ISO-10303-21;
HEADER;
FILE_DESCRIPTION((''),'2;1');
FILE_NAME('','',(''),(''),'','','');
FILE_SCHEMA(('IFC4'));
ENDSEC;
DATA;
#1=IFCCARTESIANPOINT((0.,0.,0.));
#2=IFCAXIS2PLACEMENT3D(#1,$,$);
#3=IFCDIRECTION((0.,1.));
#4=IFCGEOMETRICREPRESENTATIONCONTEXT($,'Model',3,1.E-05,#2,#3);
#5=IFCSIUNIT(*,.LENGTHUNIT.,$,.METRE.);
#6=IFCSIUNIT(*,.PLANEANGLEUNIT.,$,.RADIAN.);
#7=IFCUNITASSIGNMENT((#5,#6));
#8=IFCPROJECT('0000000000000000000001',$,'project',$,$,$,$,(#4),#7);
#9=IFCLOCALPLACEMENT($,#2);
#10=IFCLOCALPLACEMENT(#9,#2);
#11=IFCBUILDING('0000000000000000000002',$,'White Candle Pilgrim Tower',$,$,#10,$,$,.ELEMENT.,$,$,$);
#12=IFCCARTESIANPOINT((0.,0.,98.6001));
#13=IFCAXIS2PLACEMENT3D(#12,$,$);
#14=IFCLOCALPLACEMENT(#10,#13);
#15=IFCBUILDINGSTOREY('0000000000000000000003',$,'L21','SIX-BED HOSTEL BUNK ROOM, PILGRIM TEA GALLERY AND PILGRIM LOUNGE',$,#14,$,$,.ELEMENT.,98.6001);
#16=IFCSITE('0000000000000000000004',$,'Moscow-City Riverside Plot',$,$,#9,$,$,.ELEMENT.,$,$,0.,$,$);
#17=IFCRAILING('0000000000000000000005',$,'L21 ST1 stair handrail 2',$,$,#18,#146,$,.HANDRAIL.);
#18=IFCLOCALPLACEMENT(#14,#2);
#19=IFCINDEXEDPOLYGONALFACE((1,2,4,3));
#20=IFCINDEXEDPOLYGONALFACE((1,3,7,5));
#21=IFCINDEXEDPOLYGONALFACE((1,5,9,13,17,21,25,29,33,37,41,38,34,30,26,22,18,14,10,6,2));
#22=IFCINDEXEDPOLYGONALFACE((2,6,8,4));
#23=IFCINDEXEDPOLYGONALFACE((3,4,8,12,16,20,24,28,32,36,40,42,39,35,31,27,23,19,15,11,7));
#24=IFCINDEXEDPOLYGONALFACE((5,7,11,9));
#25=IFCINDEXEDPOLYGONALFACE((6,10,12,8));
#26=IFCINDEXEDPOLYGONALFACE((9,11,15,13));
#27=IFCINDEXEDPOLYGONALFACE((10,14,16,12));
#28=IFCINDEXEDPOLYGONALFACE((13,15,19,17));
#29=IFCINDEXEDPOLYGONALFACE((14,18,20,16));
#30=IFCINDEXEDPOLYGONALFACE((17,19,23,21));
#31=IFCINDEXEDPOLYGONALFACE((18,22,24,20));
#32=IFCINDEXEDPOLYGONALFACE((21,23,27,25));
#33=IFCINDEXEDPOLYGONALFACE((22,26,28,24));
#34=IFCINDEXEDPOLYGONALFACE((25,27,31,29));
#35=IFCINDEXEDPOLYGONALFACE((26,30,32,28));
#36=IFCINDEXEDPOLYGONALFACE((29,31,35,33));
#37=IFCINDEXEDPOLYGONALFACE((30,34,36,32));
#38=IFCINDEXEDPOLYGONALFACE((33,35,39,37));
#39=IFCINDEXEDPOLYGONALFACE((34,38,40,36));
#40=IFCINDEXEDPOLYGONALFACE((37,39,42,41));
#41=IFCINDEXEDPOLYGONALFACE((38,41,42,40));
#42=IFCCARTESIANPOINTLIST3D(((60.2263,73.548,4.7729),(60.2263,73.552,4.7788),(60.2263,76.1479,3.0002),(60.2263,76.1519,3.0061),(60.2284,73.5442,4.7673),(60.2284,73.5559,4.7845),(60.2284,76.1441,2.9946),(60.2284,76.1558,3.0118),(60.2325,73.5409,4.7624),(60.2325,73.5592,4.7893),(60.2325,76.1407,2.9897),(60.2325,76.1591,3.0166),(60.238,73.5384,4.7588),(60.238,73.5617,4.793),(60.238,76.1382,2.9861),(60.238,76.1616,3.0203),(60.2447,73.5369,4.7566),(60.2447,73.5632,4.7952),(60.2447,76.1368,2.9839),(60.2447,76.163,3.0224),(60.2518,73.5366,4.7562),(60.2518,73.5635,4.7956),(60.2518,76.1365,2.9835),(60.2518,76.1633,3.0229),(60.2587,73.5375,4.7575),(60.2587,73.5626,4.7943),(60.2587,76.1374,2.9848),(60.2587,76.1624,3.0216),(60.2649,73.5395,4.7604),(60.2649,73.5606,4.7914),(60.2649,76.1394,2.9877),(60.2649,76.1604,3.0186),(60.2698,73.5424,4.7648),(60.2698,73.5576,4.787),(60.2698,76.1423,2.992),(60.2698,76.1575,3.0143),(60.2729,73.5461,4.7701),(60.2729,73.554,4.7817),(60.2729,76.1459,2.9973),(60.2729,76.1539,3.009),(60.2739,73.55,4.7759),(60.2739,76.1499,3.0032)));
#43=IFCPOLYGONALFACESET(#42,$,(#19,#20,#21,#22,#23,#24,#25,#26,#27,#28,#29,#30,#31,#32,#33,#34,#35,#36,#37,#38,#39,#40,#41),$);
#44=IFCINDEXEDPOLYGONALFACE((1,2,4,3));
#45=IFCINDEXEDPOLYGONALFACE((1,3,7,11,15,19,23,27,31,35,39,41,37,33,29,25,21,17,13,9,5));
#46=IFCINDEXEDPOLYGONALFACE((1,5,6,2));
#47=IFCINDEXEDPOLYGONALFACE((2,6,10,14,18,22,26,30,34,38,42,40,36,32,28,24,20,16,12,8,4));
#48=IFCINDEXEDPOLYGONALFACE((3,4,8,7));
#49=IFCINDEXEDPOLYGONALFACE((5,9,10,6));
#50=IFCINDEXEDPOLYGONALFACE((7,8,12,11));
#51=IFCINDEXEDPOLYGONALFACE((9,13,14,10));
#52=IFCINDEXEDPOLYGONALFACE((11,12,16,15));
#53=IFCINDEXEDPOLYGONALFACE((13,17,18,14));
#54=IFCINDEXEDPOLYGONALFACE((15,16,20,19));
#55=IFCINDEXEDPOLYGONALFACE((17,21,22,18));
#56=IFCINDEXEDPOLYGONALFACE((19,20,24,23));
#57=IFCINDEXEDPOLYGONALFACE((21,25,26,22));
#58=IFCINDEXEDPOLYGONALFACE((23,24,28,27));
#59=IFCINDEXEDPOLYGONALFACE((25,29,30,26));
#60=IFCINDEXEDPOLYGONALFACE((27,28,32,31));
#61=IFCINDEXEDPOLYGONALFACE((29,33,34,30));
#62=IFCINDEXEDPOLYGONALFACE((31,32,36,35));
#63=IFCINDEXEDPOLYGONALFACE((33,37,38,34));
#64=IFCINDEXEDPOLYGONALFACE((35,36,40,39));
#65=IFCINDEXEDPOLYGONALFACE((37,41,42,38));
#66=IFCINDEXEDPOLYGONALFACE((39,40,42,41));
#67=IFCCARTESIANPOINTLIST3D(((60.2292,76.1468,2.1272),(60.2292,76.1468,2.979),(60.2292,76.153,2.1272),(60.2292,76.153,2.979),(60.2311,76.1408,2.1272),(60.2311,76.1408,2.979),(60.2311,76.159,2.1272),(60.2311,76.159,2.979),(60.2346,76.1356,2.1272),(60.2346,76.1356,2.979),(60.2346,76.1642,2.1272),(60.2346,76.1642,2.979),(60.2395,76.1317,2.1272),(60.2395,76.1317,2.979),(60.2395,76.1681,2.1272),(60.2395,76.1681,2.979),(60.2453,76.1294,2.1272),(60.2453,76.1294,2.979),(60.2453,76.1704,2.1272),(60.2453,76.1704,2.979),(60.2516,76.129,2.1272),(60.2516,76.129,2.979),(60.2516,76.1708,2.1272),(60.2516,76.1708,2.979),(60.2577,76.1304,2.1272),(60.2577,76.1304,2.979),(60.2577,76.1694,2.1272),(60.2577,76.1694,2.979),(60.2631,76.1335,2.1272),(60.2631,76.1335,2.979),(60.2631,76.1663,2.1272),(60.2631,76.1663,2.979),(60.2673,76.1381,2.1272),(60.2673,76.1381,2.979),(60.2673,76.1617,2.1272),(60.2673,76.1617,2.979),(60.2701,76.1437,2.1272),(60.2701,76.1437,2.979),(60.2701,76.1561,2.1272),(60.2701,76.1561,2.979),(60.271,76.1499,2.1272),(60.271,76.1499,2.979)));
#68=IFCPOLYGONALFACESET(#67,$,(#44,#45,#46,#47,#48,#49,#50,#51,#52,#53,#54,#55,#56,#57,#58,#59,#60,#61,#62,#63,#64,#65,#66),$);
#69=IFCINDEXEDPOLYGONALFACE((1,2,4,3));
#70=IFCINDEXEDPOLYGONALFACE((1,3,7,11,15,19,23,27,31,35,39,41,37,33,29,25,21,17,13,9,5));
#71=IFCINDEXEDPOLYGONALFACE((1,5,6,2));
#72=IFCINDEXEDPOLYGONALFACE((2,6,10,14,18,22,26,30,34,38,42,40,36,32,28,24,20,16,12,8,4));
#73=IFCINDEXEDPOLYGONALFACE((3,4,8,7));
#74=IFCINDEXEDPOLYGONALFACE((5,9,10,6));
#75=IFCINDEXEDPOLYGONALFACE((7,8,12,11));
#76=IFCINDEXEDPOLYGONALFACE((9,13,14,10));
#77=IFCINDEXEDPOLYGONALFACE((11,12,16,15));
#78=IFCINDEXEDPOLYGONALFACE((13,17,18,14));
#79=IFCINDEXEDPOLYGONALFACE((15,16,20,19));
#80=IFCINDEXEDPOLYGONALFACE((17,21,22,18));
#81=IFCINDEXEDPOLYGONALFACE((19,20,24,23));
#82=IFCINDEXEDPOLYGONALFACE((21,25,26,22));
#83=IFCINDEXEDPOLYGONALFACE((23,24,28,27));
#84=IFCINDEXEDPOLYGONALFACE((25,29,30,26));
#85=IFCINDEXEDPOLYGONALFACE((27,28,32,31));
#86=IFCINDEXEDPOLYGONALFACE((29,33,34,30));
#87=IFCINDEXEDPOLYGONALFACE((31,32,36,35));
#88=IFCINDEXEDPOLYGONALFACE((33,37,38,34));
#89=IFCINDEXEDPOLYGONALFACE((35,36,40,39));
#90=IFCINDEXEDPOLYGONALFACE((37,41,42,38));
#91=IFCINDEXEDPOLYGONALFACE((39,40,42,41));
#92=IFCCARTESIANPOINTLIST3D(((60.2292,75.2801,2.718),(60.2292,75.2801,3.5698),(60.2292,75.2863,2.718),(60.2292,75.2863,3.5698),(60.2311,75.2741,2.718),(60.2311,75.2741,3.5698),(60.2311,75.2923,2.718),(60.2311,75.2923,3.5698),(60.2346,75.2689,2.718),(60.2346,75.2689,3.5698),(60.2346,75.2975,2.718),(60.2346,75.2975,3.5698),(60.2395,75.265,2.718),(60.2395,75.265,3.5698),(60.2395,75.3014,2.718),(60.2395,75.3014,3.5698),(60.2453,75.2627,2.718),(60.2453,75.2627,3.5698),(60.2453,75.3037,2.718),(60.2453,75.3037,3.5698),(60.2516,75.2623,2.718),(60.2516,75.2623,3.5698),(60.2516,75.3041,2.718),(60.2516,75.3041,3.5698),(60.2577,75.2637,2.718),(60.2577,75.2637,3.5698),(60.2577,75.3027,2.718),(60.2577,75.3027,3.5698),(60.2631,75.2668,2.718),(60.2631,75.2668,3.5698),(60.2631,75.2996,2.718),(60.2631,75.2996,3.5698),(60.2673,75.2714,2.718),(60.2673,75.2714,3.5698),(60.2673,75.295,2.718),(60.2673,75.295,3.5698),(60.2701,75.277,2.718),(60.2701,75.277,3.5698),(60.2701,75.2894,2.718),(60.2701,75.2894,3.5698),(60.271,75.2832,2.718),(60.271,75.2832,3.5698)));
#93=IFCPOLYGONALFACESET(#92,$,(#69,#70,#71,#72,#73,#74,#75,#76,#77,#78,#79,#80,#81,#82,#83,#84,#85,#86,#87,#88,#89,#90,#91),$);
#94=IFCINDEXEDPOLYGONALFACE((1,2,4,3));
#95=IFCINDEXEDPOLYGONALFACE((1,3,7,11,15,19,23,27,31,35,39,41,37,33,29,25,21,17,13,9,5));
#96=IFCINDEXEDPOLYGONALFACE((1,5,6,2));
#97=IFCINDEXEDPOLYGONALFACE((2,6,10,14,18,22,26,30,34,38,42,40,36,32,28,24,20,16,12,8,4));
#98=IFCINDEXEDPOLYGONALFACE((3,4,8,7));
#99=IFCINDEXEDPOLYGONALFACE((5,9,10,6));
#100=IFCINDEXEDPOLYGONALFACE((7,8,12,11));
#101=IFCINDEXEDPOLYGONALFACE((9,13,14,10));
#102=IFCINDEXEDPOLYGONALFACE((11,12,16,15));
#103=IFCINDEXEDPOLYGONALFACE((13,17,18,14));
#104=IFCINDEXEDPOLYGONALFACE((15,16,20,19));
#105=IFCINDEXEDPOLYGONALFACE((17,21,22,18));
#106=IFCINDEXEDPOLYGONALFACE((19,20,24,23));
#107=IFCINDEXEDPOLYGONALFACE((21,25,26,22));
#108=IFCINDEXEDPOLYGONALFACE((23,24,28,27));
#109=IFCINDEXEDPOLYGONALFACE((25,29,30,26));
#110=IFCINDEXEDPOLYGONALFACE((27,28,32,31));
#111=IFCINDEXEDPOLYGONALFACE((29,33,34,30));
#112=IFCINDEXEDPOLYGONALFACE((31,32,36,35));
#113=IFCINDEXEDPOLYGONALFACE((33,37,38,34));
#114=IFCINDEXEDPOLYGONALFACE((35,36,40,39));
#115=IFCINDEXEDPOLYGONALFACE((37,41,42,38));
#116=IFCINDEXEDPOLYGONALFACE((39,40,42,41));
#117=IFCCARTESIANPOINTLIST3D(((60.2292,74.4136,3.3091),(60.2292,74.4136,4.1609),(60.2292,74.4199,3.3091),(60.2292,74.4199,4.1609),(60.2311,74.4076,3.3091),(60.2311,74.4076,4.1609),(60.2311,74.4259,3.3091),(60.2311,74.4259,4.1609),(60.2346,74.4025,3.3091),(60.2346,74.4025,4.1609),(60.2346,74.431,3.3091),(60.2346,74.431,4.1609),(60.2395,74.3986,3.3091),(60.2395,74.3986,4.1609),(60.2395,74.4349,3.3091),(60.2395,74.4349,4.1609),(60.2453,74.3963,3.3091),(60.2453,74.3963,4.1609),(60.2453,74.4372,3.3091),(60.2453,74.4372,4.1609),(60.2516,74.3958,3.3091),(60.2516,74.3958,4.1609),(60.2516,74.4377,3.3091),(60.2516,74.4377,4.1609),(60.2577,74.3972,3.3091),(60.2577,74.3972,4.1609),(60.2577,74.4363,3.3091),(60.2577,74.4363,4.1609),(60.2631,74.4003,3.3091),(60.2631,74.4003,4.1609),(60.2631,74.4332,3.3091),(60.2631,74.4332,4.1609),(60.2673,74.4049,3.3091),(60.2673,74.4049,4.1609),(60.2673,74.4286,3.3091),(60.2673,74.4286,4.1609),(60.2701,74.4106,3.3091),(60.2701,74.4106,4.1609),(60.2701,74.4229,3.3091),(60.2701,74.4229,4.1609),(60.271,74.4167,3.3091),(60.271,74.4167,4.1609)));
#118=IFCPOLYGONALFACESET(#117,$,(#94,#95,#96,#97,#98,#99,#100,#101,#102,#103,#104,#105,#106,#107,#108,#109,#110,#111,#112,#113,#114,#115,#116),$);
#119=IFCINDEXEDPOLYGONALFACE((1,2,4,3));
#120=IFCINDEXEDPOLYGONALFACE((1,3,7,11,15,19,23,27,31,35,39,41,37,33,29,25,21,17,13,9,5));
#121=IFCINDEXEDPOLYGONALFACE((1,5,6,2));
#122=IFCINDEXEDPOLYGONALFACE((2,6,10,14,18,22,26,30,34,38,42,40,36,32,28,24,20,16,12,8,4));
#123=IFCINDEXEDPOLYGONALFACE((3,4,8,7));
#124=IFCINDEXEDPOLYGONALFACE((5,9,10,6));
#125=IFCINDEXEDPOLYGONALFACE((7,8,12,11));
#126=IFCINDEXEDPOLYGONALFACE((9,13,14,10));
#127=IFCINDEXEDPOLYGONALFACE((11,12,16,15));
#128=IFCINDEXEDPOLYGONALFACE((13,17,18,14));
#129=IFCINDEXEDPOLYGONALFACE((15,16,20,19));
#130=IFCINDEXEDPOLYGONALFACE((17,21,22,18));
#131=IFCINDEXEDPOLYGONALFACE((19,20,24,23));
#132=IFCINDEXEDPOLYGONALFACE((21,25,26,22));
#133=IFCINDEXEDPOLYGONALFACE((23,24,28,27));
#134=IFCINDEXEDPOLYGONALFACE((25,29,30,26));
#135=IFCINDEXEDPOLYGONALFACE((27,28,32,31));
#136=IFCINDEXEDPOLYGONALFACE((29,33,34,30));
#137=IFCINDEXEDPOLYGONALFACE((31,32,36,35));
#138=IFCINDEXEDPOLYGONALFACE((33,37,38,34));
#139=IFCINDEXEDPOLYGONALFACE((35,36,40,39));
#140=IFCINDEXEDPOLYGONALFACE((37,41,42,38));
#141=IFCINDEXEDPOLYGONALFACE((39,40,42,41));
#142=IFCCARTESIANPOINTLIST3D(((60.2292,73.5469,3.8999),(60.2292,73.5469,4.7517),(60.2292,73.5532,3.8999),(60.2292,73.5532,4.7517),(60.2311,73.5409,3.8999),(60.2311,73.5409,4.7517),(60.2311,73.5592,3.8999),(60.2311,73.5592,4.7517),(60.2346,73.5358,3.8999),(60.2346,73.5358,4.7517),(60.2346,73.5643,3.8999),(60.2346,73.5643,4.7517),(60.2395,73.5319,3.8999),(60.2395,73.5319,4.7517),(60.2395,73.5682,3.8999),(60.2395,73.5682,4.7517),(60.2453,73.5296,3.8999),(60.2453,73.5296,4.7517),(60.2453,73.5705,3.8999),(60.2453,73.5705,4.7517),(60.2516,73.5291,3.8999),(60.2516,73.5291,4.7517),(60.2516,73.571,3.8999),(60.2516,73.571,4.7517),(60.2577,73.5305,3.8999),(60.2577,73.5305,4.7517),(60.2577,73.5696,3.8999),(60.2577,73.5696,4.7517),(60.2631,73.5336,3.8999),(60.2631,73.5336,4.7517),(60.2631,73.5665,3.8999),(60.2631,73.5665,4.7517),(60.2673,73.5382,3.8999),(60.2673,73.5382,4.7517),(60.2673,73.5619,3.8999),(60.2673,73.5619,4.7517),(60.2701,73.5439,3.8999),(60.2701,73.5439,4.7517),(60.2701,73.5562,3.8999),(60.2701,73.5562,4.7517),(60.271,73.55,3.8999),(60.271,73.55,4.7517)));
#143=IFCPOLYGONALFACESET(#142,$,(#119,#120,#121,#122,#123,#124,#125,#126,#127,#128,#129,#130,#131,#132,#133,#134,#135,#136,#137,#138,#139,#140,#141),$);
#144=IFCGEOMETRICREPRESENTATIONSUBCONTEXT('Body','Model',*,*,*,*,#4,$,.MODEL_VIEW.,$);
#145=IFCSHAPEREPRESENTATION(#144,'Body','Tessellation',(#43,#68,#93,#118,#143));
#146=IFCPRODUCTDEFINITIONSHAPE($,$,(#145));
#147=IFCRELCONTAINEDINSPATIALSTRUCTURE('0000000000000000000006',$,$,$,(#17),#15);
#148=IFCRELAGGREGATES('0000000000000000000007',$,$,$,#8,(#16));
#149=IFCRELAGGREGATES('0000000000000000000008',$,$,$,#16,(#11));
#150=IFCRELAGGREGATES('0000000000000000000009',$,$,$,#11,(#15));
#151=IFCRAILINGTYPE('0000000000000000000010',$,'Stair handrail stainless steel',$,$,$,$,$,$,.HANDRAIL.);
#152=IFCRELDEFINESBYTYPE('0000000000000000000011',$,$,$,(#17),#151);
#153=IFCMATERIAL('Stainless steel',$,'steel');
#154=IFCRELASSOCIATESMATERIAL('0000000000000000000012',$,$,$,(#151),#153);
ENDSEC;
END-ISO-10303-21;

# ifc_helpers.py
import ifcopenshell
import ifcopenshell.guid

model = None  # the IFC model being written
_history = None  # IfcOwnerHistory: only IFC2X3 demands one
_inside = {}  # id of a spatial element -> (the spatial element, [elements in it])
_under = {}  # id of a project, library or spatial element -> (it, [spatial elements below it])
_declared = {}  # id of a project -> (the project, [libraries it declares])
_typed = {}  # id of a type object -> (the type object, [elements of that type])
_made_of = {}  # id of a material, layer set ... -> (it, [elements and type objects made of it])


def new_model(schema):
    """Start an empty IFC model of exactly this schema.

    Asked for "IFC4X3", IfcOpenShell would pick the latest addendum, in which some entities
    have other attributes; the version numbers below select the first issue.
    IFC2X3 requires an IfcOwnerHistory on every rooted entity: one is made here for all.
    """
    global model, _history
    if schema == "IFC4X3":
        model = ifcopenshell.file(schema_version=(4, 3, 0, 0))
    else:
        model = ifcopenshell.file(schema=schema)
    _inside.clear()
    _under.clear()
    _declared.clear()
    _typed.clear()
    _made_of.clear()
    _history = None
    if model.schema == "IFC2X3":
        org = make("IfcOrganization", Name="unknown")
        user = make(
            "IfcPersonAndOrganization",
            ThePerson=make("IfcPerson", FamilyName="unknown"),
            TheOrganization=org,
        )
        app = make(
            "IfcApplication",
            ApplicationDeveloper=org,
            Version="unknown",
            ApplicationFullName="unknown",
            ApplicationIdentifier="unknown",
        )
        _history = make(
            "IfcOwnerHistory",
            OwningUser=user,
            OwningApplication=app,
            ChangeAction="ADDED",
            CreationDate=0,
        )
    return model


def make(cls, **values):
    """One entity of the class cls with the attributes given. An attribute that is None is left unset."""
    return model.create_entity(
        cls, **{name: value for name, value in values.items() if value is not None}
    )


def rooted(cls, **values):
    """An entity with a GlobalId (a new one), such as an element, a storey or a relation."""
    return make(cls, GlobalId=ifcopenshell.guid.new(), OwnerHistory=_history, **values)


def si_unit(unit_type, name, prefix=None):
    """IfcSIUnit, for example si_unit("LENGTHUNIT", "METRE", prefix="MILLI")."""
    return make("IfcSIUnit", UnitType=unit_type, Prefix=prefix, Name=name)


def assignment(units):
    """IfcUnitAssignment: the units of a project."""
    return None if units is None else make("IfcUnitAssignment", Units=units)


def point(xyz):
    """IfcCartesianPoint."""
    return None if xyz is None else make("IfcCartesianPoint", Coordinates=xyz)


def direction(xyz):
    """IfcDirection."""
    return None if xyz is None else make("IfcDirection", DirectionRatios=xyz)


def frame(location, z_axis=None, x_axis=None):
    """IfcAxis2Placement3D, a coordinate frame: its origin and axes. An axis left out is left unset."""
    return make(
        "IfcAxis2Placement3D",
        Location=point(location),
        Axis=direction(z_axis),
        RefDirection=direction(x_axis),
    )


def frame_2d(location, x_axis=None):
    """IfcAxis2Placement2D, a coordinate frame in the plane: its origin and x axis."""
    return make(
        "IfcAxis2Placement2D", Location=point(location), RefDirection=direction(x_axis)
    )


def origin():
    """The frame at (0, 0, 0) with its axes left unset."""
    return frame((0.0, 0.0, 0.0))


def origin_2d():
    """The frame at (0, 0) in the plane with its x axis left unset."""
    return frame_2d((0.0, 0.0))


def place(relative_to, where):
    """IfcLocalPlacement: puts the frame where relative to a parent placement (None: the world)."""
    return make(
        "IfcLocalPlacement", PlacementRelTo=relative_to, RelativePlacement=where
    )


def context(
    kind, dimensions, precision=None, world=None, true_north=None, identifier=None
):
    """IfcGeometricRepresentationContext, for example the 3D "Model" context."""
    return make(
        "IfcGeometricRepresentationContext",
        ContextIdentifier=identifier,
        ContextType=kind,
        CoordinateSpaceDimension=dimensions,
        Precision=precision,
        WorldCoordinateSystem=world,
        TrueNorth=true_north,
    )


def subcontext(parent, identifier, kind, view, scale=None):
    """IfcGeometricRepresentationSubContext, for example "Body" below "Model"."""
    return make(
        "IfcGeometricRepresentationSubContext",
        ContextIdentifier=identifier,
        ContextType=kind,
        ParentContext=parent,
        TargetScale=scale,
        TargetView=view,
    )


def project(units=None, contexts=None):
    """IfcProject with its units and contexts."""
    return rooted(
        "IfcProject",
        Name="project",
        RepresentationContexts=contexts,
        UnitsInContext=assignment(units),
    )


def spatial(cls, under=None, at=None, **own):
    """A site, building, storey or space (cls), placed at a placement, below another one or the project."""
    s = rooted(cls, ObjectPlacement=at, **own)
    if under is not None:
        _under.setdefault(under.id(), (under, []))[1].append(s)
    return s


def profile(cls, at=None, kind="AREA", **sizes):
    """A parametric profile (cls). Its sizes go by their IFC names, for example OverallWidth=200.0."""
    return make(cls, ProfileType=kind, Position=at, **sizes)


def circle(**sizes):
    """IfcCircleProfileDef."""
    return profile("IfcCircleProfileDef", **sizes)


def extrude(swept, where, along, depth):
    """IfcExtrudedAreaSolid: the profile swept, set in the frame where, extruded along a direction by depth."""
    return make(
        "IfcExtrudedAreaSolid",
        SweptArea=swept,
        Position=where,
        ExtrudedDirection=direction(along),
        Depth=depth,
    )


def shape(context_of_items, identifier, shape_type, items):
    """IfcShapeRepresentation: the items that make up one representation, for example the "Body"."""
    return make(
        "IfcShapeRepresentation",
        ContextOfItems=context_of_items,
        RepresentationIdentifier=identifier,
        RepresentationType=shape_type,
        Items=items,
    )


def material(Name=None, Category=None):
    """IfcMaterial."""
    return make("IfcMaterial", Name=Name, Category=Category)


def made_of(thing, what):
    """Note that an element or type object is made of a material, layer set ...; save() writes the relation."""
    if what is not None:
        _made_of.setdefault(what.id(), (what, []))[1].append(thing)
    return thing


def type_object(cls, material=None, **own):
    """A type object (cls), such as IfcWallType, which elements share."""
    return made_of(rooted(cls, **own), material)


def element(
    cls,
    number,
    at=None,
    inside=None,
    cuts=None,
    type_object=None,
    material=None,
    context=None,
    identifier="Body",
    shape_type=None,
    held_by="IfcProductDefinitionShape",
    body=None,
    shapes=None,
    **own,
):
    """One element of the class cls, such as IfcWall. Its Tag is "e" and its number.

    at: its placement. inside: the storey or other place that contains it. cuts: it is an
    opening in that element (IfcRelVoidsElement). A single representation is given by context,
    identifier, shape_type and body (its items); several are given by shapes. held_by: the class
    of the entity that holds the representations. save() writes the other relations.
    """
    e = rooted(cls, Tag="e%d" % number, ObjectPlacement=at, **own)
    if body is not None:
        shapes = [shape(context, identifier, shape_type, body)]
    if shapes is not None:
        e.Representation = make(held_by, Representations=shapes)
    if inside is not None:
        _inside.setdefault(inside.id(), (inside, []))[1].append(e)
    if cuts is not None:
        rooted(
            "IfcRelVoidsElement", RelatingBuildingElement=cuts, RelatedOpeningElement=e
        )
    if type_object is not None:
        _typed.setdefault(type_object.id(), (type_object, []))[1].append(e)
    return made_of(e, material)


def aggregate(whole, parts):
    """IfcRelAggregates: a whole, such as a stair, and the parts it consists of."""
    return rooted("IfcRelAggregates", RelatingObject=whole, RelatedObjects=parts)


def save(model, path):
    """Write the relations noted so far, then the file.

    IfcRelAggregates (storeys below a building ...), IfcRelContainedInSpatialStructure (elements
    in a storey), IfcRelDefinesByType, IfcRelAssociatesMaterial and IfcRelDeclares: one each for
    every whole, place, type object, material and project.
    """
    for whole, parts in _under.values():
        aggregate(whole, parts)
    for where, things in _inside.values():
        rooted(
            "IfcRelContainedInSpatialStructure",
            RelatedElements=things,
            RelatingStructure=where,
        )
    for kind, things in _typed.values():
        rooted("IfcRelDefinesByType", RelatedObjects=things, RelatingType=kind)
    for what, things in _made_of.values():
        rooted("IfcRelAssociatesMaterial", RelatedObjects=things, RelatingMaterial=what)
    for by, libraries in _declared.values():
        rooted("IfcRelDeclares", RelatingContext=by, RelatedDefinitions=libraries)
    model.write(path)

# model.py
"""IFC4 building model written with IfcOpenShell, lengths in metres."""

from ifc_helpers import new_model, si_unit, direction, frame, origin, origin_2d, place, context, subcontext, project, spatial, circle, extrude, material, type_object, element, save


model = new_model("IFC4")

# Units and contexts
model_context = context("Model", 3, precision=1e-05, world=origin(), true_north=direction((0.0, 1.0)))
body_context = subcontext(model_context, "Body", "Model", "MODEL_VIEW")
ifc_project = project(units=[si_unit("LENGTHUNIT", "METRE"), si_unit("PLANEANGLEUNIT", "RADIAN")], contexts=[model_context])

# Site, building, storey
site_placement = place(None, origin())
site = spatial("IfcSite", under=ifc_project, at=site_placement, Name="Moscow-City Riverside Plot", CompositionType="ELEMENT", RefElevation=0.0)
building_placement = place(site_placement, origin())
building = spatial("IfcBuilding", under=site, at=building_placement, Name="White Candle Pilgrim Tower", CompositionType="ELEMENT")
storey_placement = place(building_placement, frame((0.0, 0.0, 98.6001)))
storey = spatial("IfcBuildingStorey", under=building, at=storey_placement, Name="L21", Description="SIX-BED HOSTEL BUNK ROOM, PILGRIM TEA GALLERY AND PILGRIM LOUNGE", CompositionType="ELEMENT", Elevation=98.6001)

# Railing
ifc_material_1 = material(Name="Stainless steel", Category="steel")
railing_type_1 = type_object("IfcRailingType", Name="Stair handrail stainless steel", PredefinedType="HANDRAIL", material=ifc_material_1)
railing_1_placement = place(storey_placement, frame((60.25, 76.1499, 2.1272)))
element("IfcRailing", 1, at=railing_1_placement, inside=storey, type_object=railing_type_1, Name="L21 ST1 stair handrail 2", PredefinedType="HANDRAIL", context=body_context, shape_type="SweptSolid", body=[
    extrude(circle(Radius=0.0239, at=origin_2d()), frame((0.0, 0.0, 0.876), z_axis=(0.0, -0.826216, 0.563354), x_axis=(1.0, 0.0, 0.0)), (0.0, 0.0, 1.0), 3.1467),
    extrude(circle(Radius=0.021, at=origin_2d()), origin(), (0.0, 0.0, 1.0), 0.8518),
    extrude(circle(Radius=0.021, at=origin_2d()), frame((0.0, -0.8667, 0.5908)), (0.0, 0.0, 1.0), 0.8518),
    extrude(circle(Radius=0.021, at=origin_2d()), frame((0.0, -1.7332, 1.1819)), (0.0, 0.0, 1.0), 0.8518),
    extrude(circle(Radius=0.021, at=origin_2d()), frame((0.0, -2.5999, 1.7727)), (0.0, 0.0, 1.0), 0.8518),
])

save(model, "model.ifc")
